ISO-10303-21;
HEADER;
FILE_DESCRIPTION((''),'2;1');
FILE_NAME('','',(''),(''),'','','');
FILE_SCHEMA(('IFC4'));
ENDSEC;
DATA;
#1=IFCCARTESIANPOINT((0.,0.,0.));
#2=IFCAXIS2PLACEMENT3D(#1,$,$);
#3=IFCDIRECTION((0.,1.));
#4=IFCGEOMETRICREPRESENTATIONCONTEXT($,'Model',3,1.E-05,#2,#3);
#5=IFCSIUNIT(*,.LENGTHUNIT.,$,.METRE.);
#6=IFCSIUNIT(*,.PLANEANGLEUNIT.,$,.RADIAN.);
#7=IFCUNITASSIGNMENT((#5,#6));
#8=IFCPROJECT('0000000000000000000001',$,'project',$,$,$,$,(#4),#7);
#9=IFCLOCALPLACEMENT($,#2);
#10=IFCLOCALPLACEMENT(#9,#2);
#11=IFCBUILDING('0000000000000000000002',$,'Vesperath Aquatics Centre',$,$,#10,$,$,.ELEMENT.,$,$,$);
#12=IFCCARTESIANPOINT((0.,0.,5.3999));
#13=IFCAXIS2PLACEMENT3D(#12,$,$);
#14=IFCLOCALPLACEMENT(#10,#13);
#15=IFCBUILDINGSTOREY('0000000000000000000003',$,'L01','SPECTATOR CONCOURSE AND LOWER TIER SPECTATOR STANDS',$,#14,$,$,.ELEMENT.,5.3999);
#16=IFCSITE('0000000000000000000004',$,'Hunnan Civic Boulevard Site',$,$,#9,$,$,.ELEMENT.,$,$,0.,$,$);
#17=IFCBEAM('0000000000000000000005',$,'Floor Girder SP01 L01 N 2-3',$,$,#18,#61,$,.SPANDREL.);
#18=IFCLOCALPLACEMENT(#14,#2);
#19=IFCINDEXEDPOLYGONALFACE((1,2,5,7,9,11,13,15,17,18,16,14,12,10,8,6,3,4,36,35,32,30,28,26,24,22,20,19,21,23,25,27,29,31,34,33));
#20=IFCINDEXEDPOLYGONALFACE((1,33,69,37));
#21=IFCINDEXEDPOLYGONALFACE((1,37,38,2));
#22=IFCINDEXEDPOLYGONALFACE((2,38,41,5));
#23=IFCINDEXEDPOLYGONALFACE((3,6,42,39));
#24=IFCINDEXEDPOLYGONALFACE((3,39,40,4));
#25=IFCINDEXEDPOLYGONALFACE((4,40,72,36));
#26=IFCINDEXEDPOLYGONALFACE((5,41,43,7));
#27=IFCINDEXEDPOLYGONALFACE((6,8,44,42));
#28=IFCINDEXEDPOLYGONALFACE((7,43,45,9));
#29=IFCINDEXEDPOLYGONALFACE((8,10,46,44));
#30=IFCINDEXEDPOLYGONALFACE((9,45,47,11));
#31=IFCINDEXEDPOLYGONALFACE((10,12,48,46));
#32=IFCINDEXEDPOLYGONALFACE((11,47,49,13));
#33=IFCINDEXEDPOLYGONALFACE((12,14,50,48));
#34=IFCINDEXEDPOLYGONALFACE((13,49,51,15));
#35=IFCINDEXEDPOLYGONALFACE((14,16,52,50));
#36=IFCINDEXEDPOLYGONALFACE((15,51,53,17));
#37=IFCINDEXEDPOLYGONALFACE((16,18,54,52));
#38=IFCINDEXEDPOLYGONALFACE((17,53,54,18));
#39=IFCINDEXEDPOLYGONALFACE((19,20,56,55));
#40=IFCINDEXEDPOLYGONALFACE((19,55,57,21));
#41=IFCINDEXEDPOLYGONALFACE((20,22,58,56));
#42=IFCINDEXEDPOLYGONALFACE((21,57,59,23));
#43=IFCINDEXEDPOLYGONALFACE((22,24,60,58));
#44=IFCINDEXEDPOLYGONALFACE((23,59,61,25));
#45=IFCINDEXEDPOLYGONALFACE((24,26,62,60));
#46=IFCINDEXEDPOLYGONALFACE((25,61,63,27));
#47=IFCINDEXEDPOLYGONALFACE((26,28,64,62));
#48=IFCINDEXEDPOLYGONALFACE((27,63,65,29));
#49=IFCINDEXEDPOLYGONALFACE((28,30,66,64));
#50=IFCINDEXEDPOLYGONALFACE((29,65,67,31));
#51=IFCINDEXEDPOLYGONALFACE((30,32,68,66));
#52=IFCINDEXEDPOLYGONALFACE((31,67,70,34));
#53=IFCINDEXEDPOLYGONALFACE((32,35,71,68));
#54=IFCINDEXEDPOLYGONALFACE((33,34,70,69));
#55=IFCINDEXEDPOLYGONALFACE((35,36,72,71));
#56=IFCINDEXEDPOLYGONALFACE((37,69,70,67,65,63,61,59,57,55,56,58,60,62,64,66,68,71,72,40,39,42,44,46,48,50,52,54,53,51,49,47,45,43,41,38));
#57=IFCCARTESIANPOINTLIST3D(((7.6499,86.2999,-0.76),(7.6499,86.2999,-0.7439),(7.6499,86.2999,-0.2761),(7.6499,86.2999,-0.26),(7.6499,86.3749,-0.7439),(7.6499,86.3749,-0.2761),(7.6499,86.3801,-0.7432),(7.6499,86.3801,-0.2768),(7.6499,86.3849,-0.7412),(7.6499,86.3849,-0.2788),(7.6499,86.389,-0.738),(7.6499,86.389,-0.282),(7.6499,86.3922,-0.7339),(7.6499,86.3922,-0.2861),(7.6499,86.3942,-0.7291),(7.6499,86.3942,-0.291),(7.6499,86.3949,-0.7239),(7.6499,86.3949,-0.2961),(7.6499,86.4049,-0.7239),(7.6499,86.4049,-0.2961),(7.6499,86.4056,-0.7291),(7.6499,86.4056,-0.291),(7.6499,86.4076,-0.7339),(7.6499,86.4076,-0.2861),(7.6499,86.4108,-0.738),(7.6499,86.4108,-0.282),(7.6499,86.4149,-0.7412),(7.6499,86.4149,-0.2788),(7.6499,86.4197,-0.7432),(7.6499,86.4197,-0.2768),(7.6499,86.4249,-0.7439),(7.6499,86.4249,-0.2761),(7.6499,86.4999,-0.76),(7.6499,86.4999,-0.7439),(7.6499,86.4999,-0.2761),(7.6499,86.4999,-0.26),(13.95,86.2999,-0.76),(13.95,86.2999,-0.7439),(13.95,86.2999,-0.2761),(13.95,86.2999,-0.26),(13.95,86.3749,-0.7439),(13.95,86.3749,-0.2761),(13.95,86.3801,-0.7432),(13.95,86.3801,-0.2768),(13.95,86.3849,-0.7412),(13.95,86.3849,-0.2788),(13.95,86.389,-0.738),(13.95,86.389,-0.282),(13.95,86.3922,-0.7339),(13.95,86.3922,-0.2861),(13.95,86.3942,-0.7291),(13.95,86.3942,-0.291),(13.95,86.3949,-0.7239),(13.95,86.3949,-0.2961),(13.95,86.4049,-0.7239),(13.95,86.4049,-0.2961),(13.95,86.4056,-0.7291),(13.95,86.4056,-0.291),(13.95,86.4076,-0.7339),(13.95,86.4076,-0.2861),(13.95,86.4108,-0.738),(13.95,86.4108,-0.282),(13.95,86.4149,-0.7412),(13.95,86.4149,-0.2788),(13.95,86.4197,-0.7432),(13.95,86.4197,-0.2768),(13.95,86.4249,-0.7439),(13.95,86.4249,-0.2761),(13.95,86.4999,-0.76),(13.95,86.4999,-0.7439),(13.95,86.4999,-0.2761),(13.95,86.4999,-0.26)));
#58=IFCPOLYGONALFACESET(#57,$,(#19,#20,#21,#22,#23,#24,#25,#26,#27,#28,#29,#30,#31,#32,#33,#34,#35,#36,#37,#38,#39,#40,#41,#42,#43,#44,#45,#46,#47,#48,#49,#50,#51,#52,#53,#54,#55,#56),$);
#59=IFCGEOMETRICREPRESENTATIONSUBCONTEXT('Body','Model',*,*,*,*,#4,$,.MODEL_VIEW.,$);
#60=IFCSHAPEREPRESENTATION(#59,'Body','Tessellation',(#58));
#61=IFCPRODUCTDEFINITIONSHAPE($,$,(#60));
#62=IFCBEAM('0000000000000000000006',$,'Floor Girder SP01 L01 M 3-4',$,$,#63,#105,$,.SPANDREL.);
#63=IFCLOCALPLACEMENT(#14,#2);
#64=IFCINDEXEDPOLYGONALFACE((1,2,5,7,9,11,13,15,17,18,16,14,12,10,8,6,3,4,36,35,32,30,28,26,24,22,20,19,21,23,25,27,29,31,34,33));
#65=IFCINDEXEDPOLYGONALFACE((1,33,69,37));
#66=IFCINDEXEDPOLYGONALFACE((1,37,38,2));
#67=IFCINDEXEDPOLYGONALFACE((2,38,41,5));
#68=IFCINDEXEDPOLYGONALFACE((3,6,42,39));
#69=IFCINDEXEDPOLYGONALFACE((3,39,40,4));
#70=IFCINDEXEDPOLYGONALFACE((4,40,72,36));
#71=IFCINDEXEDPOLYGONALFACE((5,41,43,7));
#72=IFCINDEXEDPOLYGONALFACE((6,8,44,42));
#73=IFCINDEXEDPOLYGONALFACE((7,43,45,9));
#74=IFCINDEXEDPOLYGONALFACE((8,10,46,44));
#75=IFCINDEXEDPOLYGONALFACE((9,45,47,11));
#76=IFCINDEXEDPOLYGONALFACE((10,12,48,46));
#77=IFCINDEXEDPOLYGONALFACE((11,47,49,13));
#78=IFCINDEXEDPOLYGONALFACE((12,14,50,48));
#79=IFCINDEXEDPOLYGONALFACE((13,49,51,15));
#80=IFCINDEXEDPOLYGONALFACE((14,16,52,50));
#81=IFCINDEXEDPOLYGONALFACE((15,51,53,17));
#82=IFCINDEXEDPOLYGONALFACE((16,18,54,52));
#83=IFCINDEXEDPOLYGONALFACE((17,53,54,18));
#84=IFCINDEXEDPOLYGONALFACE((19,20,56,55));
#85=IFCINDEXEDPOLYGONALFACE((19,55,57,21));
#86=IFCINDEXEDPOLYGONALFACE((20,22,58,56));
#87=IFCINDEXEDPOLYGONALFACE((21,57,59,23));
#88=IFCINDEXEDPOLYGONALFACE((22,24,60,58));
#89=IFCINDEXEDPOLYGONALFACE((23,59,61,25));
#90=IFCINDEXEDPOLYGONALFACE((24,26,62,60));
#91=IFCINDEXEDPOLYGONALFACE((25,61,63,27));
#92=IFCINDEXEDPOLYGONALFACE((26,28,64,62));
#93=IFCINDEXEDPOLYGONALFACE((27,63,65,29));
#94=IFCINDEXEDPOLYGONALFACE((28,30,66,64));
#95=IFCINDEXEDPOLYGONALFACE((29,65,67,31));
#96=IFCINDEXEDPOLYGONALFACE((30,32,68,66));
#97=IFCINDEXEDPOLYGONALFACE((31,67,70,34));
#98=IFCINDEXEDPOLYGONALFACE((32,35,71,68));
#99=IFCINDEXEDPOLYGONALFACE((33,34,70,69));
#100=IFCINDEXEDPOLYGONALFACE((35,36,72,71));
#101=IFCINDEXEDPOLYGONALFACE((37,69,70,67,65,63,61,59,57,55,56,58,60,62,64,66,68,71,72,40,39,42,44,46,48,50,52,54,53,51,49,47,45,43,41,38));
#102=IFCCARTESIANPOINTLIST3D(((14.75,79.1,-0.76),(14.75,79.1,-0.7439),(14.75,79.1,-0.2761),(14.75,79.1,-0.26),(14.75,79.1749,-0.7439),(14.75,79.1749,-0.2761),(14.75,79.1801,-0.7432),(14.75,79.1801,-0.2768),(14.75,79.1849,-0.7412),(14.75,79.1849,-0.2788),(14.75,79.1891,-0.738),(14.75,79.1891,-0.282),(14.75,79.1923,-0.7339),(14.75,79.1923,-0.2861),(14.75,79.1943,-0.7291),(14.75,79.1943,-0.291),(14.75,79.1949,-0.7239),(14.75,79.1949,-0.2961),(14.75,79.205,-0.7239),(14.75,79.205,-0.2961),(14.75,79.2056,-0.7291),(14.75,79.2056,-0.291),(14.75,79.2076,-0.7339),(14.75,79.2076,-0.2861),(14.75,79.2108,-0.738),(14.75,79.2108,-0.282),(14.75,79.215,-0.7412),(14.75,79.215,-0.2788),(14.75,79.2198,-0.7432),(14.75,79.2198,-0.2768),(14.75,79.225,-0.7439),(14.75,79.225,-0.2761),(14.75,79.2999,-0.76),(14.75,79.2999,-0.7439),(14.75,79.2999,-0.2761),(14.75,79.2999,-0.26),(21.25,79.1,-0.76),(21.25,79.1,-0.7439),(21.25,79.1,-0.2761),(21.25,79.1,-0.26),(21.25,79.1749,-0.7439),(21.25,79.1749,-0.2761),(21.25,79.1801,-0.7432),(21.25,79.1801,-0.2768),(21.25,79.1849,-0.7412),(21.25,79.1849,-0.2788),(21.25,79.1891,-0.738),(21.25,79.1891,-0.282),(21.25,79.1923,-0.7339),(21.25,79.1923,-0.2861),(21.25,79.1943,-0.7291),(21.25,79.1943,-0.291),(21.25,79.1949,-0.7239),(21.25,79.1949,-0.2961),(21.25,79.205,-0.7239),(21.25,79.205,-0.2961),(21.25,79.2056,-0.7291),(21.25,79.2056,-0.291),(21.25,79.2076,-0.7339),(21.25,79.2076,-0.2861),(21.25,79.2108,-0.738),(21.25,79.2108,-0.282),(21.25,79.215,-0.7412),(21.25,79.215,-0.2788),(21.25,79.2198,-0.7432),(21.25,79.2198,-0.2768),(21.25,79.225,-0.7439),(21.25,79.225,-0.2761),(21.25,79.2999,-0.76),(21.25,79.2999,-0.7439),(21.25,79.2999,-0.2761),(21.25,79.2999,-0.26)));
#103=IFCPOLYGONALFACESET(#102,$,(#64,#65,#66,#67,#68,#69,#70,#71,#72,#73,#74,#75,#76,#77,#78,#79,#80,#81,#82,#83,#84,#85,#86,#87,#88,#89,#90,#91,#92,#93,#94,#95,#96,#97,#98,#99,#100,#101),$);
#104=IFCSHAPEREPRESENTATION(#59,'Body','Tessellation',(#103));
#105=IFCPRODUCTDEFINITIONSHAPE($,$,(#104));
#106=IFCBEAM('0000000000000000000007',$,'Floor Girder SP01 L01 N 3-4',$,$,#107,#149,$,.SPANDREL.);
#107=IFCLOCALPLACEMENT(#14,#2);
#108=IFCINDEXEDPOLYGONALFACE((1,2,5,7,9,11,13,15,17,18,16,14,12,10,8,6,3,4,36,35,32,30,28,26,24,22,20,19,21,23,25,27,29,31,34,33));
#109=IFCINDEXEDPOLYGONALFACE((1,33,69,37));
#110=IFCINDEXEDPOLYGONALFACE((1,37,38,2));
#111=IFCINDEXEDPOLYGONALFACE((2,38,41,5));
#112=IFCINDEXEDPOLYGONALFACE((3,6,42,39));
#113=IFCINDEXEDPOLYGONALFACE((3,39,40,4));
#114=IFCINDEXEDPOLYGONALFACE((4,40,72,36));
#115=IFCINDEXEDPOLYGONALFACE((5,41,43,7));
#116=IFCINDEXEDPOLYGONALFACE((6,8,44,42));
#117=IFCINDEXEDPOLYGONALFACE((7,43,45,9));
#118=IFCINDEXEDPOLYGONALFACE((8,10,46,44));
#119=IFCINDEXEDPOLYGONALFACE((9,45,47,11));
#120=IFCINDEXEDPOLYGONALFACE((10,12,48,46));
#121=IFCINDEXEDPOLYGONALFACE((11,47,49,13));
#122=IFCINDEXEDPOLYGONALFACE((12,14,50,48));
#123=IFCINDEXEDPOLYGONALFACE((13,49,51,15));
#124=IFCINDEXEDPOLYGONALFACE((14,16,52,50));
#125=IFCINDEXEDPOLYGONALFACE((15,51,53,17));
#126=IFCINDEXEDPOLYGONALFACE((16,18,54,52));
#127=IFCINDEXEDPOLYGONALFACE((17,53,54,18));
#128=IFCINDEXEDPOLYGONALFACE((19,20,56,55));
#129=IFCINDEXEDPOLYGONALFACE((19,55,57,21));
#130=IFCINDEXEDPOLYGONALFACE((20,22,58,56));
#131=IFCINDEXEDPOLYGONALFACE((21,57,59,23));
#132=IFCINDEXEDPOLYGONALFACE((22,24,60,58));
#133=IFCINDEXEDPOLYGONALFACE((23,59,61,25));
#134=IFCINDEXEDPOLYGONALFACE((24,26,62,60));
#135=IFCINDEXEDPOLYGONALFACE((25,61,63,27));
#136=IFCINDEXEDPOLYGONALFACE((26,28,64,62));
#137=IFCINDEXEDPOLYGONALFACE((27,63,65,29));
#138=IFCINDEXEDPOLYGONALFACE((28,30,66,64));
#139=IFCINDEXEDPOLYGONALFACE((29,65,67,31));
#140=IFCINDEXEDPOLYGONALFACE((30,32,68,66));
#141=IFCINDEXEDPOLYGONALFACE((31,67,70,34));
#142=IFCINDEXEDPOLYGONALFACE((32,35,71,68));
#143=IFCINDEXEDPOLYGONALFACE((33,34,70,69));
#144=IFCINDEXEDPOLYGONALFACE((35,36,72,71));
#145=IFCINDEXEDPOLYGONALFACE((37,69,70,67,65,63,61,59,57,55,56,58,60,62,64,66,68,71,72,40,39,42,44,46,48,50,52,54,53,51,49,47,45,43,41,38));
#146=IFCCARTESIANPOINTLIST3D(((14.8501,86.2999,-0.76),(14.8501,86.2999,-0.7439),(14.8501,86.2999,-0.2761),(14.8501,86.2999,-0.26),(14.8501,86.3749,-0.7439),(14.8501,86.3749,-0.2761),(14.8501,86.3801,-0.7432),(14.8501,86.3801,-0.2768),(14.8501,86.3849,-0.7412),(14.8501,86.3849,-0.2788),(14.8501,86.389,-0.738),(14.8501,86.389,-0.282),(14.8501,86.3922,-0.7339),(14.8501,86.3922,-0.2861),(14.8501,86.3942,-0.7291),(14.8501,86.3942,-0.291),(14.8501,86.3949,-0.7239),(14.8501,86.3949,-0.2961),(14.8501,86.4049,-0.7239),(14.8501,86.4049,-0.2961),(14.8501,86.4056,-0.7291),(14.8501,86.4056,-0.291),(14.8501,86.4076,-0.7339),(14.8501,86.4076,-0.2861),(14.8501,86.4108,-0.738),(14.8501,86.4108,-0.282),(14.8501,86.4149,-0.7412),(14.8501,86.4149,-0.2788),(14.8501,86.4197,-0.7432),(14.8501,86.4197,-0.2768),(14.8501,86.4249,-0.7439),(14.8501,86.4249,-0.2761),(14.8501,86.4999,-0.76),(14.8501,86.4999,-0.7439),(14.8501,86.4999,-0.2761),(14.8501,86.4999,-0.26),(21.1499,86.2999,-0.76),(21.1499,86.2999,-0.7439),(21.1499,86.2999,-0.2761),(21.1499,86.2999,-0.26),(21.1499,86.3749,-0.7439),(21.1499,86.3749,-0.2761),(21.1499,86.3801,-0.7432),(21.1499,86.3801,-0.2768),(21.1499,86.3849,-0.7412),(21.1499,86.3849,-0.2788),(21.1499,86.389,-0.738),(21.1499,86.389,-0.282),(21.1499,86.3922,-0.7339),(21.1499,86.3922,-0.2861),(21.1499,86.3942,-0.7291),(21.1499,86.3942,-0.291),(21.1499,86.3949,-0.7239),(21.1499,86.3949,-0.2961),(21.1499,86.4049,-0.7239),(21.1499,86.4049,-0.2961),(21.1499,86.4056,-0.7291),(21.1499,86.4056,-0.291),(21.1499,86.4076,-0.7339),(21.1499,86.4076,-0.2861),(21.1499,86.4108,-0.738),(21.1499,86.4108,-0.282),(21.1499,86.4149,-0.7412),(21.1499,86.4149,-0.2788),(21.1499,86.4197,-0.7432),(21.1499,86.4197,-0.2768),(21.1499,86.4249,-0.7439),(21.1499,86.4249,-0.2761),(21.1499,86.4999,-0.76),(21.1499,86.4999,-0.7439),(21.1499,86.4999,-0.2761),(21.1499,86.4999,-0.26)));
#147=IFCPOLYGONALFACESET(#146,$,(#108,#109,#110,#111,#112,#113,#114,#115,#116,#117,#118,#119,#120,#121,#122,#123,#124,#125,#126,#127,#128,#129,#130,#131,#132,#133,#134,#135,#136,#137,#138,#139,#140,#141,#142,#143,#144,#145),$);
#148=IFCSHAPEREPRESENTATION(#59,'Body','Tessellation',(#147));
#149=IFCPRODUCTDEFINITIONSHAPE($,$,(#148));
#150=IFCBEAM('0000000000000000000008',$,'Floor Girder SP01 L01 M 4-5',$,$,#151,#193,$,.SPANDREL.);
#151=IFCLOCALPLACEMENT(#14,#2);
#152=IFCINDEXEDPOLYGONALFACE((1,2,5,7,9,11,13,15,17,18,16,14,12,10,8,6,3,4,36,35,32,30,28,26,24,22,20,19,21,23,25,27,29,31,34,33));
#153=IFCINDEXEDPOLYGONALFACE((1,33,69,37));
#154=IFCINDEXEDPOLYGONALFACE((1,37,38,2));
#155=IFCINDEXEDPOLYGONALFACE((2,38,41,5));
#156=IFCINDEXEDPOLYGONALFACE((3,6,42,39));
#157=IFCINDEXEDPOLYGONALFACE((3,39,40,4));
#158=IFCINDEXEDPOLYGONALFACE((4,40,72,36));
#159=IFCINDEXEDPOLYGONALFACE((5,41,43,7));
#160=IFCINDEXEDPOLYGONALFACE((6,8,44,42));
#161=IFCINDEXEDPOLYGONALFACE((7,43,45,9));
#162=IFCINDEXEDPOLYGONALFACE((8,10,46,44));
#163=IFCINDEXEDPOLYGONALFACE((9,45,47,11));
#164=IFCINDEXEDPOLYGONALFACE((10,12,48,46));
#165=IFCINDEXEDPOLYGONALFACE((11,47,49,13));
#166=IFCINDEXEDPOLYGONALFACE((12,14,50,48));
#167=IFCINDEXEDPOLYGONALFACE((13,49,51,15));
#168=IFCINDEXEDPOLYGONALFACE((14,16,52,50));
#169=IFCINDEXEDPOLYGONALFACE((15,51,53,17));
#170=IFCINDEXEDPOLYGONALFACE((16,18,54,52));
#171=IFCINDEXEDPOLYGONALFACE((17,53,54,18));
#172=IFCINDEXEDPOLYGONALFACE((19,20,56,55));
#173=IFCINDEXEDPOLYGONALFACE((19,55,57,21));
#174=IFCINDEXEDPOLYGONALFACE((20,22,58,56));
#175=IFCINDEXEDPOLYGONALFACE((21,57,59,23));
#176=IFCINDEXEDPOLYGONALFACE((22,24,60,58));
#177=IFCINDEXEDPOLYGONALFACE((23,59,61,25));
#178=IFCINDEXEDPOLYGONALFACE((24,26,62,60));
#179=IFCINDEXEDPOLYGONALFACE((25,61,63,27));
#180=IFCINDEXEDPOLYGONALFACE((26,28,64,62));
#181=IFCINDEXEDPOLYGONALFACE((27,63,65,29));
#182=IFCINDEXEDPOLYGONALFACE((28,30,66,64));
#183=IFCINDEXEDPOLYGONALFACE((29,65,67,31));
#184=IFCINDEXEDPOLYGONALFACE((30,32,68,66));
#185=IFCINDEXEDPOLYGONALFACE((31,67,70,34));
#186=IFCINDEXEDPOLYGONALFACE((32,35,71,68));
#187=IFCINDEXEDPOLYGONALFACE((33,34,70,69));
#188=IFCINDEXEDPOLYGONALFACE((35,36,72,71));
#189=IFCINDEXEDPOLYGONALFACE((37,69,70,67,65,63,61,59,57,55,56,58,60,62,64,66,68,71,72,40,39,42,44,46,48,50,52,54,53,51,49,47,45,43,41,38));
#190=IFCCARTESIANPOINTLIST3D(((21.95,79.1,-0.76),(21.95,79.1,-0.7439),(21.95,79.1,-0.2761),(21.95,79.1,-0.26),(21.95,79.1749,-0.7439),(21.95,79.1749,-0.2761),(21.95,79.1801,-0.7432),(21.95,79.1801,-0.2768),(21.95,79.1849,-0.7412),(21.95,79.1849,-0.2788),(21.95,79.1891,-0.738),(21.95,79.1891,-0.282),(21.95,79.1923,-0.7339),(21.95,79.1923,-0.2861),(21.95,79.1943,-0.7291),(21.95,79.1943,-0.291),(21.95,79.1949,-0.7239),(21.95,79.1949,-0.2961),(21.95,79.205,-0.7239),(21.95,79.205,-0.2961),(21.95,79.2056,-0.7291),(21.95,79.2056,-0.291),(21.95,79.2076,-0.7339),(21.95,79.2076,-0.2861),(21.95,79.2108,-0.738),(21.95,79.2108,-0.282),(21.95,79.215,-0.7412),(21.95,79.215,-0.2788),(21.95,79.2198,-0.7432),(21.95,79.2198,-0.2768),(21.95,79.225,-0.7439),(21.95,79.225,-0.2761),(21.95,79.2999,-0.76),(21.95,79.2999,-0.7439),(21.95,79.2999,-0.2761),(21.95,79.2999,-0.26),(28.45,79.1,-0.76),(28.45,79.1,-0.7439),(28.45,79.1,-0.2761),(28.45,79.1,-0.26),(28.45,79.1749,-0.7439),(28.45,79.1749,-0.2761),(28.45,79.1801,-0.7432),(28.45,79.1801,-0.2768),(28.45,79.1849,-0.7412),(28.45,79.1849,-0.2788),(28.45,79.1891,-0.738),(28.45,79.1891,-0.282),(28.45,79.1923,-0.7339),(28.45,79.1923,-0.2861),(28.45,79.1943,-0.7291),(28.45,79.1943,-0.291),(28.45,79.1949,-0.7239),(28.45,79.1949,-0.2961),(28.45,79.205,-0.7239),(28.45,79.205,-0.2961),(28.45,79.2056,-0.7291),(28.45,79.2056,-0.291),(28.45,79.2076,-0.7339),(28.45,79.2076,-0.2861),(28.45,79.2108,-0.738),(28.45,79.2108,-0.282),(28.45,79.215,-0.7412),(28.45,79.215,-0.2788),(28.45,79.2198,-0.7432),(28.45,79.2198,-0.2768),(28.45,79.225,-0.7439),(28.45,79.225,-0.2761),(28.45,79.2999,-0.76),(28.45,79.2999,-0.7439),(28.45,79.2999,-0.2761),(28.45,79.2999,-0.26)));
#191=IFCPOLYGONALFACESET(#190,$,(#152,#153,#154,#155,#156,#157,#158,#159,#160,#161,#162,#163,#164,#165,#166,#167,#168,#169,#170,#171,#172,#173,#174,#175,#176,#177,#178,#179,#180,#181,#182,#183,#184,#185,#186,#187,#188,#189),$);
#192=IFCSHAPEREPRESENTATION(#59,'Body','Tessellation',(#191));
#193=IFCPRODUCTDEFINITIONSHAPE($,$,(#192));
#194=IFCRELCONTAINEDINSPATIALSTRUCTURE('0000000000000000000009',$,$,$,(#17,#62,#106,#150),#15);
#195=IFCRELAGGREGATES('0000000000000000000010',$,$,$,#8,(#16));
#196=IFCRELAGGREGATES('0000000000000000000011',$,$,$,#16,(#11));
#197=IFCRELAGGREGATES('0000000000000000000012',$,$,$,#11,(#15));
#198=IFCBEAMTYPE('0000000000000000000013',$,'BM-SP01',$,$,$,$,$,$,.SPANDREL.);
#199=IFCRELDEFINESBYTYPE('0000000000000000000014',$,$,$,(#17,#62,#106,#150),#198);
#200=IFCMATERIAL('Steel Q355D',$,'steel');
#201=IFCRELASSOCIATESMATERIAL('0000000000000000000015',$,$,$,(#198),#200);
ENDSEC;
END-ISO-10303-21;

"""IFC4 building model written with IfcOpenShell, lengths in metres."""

from ifc_helpers import new_model, si_unit, direction, frame, origin, origin_2d, place, context, subcontext, project, spatial, i_section, extrude, material, material_profile, profile_set, type_object, element, save


model = new_model("IFC4")

# Units and contexts
model_context = context("Model", 3, precision=1e-05, world=origin(), true_north=direction((0.0, 1.0)))
body_context = subcontext(model_context, "Body", "Model", "MODEL_VIEW")
ifc_project = project(units=[si_unit("LENGTHUNIT", "METRE"), si_unit("PLANEANGLEUNIT", "RADIAN")], contexts=[model_context])

# Site, building, storey
site_placement = place(None, origin())
site = spatial("IfcSite", under=ifc_project, at=site_placement, Name="Hunnan Civic Boulevard Site", CompositionType="ELEMENT", RefElevation=0.0)
building_placement = place(site_placement, origin())
building = spatial("IfcBuilding", under=site, at=building_placement, Name="Vesperath Aquatics Centre", CompositionType="ELEMENT")
storey_placement = place(building_placement, frame((0.0, 0.0, 5.3999)))
storey = spatial("IfcBuildingStorey", under=building, at=storey_placement, Name="L01", Description="SPECTATOR CONCOURSE AND LOWER TIER SPECTATOR STANDS", CompositionType="ELEMENT", Elevation=5.3999)

# Beams
ifc_material_1 = material(Name="Steel Q355D", Category="steel")
ifc_material_profile_1 = material_profile(ifc_material_1, i_section(OverallWidth=0.2, OverallDepth=0.5, WebThickness=0.01, FlangeThickness=0.0161, FilletRadius=0.02, at=origin_2d()), Name="HN 500x200x10x16")
ifc_profile_set_1 = profile_set([ifc_material_profile_1], Name="Steel Q355D")
beam_type_1 = type_object("IfcBeamType", Name="BM-SP01", PredefinedType="SPANDREL", material=ifc_profile_set_1)
beam_1_placement = place(storey_placement, frame((7.6499, 86.3999, -0.51), z_axis=(1.0, 0.0, 0.0), x_axis=(0.0, 1.0, 0.0)))
element("IfcBeam", 1, at=beam_1_placement, inside=storey, type_object=beam_type_1, Name="Floor Girder SP01 L01 N 2-3", PredefinedType="SPANDREL", context=body_context, shape_type="SweptSolid", body=[
    extrude(i_section(OverallWidth=0.2, OverallDepth=0.5, WebThickness=0.01, FlangeThickness=0.0161, FilletRadius=0.02, at=origin_2d()), origin(), (0.0, 0.0, 1.0), 6.3),
])
beam_2_placement = place(storey_placement, frame((14.75, 79.2, -0.51), z_axis=(1.0, 0.0, 0.0), x_axis=(0.0, 1.0, 0.0)))
element("IfcBeam", 2, at=beam_2_placement, inside=storey, type_object=beam_type_1, Name="Floor Girder SP01 L01 M 3-4", PredefinedType="SPANDREL", context=body_context, shape_type="SweptSolid", body=[
    extrude(i_section(OverallWidth=0.2, OverallDepth=0.5, WebThickness=0.01, FlangeThickness=0.0161, FilletRadius=0.02, at=origin_2d()), origin(), (0.0, 0.0, 1.0), 6.5),
])
beam_3_placement = place(storey_placement, frame((14.8501, 86.3999, -0.51), z_axis=(1.0, 0.0, 0.0), x_axis=(0.0, 1.0, 0.0)))
element("IfcBeam", 3, at=beam_3_placement, inside=storey, type_object=beam_type_1, Name="Floor Girder SP01 L01 N 3-4", PredefinedType="SPANDREL", context=body_context, shape_type="SweptSolid", body=[
    extrude(i_section(OverallWidth=0.2, OverallDepth=0.5, WebThickness=0.01, FlangeThickness=0.0161, FilletRadius=0.02, at=origin_2d()), origin(), (0.0, 0.0, 1.0), 6.2998),
])
beam_4_placement = place(storey_placement, frame((21.95, 79.2, -0.51), z_axis=(1.0, 0.0, 0.0), x_axis=(0.0, 1.0, 0.0)))
element("IfcBeam", 4, at=beam_4_placement, inside=storey, type_object=beam_type_1, Name="Floor Girder SP01 L01 M 4-5", PredefinedType="SPANDREL", context=body_context, shape_type="SweptSolid", body=[
    extrude(i_section(OverallWidth=0.2, OverallDepth=0.5, WebThickness=0.01, FlangeThickness=0.0161, FilletRadius=0.02, at=origin_2d()), origin(), (0.0, 0.0, 1.0), 6.5),
])

save(model, "model.ifc")
